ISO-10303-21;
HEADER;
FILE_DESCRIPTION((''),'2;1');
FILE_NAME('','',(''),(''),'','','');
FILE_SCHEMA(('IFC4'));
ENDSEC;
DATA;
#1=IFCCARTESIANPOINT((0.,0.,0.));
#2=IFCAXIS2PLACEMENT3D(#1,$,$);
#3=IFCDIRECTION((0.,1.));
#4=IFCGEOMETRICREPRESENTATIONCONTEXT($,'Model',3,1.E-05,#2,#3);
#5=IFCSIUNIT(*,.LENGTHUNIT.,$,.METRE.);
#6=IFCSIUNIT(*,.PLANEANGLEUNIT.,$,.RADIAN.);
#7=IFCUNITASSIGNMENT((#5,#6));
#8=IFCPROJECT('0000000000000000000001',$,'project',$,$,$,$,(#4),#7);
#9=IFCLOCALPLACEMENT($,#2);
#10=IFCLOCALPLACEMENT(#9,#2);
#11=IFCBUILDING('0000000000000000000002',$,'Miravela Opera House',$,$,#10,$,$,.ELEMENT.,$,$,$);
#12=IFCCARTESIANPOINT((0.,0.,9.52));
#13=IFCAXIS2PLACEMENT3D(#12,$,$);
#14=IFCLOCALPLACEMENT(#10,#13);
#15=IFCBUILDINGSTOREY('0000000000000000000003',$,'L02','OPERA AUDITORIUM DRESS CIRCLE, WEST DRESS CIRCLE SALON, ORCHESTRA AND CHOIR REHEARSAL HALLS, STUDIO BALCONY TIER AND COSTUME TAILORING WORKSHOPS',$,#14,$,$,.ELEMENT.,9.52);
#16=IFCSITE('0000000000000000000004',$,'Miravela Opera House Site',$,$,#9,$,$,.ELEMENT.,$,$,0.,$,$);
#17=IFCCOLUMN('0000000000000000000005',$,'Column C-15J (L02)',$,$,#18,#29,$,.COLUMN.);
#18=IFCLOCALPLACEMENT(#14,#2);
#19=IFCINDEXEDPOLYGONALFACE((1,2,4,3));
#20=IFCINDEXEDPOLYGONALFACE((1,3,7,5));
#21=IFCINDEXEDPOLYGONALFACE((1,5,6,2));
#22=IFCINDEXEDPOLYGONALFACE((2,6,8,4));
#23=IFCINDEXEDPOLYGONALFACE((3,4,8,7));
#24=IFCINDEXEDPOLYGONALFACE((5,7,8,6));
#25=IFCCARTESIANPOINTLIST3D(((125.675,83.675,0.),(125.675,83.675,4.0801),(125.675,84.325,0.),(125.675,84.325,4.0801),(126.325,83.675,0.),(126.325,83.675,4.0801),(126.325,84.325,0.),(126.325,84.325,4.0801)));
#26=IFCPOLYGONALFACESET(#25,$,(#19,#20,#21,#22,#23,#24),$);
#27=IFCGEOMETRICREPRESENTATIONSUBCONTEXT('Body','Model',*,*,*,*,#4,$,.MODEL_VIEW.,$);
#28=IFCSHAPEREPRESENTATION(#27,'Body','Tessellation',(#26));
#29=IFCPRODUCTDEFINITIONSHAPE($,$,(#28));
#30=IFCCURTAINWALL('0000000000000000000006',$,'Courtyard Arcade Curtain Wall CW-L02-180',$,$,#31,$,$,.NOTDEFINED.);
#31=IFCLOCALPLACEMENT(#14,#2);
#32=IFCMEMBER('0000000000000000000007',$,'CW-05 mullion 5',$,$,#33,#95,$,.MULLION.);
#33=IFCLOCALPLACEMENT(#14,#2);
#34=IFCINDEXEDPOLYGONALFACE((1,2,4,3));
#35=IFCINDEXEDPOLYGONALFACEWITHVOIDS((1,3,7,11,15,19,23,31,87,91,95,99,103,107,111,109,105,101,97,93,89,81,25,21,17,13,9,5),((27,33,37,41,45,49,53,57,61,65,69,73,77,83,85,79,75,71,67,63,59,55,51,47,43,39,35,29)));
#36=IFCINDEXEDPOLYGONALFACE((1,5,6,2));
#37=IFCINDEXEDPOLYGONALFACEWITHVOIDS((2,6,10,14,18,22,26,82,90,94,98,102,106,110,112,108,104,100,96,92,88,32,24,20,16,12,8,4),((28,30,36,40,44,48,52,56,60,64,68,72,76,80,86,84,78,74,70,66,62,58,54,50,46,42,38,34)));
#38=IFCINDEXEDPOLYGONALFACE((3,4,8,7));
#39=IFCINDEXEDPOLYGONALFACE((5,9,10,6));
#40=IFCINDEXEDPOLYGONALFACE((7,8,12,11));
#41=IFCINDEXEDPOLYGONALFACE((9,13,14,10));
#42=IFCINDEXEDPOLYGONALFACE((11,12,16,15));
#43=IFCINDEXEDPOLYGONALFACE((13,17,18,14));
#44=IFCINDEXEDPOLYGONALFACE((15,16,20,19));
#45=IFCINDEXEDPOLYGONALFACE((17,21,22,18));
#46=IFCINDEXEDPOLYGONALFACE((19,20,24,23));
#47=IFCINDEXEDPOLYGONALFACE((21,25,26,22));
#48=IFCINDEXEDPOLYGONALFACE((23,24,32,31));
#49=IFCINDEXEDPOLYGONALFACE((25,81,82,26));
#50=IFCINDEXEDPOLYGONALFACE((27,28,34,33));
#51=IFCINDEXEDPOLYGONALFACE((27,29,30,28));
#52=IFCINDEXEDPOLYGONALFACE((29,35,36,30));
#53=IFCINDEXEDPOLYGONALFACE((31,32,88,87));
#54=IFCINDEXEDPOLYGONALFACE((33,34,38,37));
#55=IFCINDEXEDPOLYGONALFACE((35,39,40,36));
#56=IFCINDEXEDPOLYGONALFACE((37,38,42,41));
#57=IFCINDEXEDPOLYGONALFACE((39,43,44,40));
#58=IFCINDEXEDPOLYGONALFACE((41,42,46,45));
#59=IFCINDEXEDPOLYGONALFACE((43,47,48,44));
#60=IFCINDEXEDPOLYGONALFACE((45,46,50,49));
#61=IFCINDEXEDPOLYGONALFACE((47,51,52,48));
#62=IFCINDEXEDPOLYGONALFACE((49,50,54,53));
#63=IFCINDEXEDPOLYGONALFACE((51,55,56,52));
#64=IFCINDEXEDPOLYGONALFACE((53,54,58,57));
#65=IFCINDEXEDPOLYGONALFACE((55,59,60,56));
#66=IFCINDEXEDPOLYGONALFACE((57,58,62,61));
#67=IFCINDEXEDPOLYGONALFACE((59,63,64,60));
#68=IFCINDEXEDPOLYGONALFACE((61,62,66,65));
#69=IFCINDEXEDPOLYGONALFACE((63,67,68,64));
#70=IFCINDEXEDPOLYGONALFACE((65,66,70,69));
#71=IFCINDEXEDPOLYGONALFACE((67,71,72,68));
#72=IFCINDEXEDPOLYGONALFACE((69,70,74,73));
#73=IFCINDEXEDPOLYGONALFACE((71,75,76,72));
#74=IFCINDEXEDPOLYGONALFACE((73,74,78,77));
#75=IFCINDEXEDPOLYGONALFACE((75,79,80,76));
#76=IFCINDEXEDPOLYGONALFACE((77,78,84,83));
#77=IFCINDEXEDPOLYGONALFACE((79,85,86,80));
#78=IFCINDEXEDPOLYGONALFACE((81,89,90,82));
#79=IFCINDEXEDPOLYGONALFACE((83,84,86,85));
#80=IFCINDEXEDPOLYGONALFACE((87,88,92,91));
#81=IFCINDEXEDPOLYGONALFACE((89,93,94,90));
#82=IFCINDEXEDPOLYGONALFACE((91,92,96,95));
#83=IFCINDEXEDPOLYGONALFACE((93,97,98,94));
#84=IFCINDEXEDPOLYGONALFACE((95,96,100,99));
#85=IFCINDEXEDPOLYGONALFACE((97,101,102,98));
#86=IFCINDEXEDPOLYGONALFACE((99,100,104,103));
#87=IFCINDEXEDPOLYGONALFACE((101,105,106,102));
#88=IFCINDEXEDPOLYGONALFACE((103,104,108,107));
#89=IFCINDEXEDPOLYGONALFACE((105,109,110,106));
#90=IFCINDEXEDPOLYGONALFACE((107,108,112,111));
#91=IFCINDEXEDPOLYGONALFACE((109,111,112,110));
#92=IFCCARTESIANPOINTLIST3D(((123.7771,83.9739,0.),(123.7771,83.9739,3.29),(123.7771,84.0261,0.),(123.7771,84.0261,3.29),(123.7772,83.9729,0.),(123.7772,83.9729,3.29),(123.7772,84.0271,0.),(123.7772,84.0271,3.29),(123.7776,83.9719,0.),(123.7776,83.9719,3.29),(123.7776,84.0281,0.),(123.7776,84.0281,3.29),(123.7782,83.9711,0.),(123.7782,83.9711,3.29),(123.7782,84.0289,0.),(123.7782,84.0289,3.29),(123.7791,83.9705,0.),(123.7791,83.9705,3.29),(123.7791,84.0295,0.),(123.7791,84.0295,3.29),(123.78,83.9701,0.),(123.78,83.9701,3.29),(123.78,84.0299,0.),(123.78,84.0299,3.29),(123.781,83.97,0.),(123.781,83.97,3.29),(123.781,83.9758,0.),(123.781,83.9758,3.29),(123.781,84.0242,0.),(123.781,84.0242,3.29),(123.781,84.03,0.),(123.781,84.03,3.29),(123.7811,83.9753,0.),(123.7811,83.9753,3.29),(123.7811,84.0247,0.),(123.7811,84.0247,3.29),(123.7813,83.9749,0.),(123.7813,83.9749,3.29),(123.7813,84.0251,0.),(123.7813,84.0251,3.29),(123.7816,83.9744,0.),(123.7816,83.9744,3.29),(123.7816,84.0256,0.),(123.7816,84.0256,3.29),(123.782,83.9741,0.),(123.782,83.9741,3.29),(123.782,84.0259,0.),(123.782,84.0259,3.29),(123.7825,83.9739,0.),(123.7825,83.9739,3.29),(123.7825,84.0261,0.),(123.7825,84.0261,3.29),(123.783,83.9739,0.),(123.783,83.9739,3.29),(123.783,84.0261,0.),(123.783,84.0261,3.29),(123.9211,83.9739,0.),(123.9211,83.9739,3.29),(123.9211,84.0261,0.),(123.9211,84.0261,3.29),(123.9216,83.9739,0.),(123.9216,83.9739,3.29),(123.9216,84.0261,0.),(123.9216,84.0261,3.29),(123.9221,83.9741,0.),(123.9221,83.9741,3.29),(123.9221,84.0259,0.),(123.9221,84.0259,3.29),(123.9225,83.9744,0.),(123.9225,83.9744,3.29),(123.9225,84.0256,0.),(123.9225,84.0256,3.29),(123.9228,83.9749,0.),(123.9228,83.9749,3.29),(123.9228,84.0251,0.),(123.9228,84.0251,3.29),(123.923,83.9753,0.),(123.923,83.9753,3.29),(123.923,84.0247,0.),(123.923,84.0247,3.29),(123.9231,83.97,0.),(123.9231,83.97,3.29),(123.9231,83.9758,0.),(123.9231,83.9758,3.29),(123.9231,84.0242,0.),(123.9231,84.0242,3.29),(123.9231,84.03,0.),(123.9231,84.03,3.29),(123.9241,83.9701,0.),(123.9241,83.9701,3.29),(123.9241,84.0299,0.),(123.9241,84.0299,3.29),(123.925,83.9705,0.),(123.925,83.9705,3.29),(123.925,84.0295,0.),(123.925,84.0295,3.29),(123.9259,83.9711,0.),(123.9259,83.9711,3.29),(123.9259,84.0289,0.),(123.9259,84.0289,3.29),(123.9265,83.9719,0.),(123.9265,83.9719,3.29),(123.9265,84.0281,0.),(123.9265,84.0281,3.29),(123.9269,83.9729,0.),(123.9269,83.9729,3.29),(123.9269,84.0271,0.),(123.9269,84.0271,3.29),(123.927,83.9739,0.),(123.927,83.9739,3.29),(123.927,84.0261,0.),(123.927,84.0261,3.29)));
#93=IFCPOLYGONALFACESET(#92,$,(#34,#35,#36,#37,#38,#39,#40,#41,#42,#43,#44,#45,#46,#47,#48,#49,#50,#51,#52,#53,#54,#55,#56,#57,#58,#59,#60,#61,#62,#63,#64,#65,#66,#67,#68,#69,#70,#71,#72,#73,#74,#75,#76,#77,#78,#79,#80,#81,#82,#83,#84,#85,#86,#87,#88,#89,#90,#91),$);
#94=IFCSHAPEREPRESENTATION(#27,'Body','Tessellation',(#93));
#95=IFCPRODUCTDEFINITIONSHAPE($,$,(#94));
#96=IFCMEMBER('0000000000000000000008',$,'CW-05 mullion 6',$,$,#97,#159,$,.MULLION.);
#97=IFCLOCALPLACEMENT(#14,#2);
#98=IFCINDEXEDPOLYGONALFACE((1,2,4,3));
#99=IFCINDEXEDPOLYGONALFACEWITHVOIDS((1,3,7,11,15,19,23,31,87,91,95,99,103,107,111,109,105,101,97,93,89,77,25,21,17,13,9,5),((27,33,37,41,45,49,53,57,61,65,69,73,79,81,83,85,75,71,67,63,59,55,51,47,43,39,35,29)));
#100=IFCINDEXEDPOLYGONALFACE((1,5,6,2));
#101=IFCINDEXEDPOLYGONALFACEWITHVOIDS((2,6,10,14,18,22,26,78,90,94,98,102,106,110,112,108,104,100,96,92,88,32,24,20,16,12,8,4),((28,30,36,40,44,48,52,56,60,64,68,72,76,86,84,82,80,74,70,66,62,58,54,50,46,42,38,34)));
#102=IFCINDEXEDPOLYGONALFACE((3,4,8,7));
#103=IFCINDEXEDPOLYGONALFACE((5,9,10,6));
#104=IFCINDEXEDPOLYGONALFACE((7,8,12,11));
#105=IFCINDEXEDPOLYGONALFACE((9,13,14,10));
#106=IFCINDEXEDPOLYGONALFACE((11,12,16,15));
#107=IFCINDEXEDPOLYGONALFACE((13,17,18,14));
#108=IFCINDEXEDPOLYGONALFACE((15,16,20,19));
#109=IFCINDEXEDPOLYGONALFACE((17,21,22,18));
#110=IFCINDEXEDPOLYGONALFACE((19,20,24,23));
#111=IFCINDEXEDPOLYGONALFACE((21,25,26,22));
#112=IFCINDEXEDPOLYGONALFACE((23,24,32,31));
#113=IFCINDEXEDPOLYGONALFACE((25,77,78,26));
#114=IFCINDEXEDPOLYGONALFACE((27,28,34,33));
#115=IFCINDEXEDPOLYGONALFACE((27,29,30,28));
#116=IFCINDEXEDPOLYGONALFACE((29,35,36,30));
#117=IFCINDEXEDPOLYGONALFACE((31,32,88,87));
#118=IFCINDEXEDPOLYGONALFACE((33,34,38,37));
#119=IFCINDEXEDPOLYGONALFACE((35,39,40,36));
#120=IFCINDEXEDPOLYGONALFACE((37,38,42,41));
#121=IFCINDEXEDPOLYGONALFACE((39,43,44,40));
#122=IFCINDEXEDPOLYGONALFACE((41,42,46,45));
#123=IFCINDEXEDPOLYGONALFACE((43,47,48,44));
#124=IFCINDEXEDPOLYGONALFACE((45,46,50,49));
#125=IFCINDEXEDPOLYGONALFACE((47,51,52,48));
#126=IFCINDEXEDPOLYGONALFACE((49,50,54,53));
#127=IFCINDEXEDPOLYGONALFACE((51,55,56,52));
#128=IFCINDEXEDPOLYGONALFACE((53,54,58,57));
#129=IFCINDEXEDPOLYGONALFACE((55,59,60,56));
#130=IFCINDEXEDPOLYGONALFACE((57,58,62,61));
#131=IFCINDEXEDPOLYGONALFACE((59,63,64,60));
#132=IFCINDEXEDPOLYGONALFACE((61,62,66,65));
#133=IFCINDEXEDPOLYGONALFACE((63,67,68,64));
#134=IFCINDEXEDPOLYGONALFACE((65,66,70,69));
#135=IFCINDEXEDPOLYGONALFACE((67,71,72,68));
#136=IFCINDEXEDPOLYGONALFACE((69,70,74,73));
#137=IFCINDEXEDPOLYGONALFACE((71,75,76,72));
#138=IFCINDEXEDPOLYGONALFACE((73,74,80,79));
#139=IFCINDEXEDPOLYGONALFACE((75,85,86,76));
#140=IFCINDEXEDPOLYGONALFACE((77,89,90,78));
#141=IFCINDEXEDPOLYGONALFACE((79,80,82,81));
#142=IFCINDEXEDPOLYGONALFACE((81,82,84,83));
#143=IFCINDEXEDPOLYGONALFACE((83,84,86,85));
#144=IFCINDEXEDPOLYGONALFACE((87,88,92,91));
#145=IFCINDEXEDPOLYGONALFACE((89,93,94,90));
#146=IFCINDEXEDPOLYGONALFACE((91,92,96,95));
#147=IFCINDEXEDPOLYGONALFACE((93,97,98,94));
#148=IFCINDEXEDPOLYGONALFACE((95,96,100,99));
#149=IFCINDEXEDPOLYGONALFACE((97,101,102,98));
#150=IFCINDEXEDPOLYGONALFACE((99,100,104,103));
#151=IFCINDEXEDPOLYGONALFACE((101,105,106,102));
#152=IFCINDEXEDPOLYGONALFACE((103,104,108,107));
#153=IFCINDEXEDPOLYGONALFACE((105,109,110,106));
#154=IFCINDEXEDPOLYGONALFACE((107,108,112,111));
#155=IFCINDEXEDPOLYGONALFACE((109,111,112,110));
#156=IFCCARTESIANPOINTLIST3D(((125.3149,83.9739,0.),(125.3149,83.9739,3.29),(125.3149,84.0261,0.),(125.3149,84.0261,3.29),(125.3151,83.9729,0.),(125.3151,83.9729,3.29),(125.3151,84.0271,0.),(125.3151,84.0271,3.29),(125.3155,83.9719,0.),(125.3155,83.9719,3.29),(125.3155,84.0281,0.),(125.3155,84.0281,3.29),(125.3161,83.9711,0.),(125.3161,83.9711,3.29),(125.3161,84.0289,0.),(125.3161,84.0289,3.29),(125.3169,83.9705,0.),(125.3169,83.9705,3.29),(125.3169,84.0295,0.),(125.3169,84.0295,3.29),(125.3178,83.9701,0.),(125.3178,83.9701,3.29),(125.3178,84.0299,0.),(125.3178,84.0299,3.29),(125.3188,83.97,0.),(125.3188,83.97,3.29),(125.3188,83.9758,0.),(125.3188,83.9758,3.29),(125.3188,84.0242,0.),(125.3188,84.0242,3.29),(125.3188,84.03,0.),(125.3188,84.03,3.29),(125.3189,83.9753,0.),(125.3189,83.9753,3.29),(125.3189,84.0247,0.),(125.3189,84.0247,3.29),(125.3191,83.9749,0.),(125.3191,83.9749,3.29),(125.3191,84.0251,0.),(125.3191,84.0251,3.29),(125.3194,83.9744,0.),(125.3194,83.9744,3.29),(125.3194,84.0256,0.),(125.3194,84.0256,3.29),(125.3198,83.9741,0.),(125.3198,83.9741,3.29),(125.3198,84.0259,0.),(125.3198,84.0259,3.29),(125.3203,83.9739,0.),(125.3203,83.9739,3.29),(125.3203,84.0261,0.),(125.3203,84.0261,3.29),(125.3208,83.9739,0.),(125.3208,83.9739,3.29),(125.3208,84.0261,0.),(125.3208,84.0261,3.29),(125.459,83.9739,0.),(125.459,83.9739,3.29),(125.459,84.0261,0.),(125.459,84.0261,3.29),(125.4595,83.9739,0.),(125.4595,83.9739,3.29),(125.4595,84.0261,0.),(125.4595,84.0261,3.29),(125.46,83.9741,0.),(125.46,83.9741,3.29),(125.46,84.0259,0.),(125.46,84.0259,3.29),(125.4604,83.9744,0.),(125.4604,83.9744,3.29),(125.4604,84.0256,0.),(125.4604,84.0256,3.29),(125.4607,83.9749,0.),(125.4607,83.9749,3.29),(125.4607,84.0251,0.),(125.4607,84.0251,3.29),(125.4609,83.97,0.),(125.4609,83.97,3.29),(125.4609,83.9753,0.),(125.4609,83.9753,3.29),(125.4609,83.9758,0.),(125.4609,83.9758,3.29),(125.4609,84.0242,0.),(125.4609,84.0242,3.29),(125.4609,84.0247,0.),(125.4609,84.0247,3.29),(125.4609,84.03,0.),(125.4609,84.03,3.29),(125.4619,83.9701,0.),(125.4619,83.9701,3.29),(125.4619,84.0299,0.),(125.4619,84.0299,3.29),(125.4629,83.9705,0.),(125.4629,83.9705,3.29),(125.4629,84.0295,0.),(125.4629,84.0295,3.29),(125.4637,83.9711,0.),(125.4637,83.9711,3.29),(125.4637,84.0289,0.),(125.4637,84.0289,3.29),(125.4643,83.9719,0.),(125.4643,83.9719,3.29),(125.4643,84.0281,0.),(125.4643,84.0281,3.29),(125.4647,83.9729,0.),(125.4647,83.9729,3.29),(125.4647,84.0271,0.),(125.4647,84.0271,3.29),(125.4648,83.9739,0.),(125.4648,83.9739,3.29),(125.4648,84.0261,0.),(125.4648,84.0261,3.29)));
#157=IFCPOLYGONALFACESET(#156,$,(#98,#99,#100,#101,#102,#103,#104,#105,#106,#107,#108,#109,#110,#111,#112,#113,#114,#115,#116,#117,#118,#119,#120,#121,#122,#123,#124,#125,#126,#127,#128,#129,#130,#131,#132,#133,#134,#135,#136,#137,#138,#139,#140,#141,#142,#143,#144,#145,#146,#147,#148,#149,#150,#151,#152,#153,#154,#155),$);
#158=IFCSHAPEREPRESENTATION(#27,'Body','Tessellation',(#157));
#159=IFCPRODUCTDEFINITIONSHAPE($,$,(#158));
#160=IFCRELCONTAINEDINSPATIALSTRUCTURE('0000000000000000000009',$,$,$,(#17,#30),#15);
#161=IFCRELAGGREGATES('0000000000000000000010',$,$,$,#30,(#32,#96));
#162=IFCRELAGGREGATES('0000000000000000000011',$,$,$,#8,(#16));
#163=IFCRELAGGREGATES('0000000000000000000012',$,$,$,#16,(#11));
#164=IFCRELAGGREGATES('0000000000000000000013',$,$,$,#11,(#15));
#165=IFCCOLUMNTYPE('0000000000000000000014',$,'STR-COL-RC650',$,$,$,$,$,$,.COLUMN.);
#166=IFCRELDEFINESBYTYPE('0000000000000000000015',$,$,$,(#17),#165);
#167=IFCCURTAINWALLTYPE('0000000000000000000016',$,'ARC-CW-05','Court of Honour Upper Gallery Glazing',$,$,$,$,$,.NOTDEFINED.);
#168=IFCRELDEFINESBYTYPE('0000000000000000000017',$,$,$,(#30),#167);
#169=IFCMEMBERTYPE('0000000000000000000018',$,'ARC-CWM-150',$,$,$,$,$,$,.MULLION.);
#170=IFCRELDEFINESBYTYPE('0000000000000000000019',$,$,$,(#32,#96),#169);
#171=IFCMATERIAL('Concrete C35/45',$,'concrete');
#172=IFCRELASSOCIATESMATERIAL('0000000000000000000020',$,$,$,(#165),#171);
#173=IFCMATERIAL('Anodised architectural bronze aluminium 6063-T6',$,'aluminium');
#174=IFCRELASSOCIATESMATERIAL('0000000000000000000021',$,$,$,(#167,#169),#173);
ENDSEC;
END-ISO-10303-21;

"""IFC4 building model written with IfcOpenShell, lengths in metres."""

from ifc_helpers import new_model, si_unit, direction, frame, origin, origin_2d, place, context, subcontext, project, spatial, rectangle, hollow_rectangle, extrude, material, material_profile, profile_set, type_object, element, aggregate, save


model = new_model("IFC4")

# Units and contexts
model_context = context("Model", 3, precision=1e-05, world=origin(), true_north=direction((0.0, 1.0)))
body_context = subcontext(model_context, "Body", "Model", "MODEL_VIEW")
ifc_project = project(units=[si_unit("LENGTHUNIT", "METRE"), si_unit("PLANEANGLEUNIT", "RADIAN")], contexts=[model_context])

# Site, building, storey
site_placement = place(None, origin())
site = spatial("IfcSite", under=ifc_project, at=site_placement, Name="Miravela Opera House Site", CompositionType="ELEMENT", RefElevation=0.0)
building_placement = place(site_placement, origin())
building = spatial("IfcBuilding", under=site, at=building_placement, Name="Miravela Opera House", CompositionType="ELEMENT")
storey_placement = place(building_placement, frame((0.0, 0.0, 9.52)))
storey = spatial("IfcBuildingStorey", under=building, at=storey_placement, Name="L02", Description="OPERA AUDITORIUM DRESS CIRCLE, WEST DRESS CIRCLE SALON, ORCHESTRA AND CHOIR REHEARSAL HALLS, STUDIO BALCONY TIER AND COSTUME TAILORING WORKSHOPS", CompositionType="ELEMENT", Elevation=9.52)

# Column
ifc_material_1 = material(Name="Concrete C35/45", Category="concrete")
ifc_material_profile_1 = material_profile(ifc_material_1, rectangle(XDim=0.6499, YDim=0.6499, at=origin_2d()), Name="RC-COL-650X650")
ifc_profile_set_1 = profile_set([ifc_material_profile_1])
column_type = type_object("IfcColumnType", Name="STR-COL-RC650", PredefinedType="COLUMN", material=ifc_profile_set_1)
column_placement = place(storey_placement, frame((126.0, 84.0, 0.0), z_axis=(0.0, 0.0, 1.0), x_axis=(1.0, 0.0, 0.0)))
element("IfcColumn", 1, at=column_placement, inside=storey, type_object=column_type, Name="Column C-15J (L02)", PredefinedType="COLUMN", context=body_context, shape_type="SweptSolid", body=[
    extrude(rectangle(XDim=0.6499, YDim=0.6499, at=origin_2d()), origin(), (0.0, 0.0, 1.0), 4.0801),
])

# Curtain wall, members
ifc_material_2 = material(Name="Anodised architectural bronze aluminium 6063-T6", Category="aluminium")
curtain_wall_type = type_object("IfcCurtainWallType", Name="ARC-CW-05", Description="Court of Honour Upper Gallery Glazing", PredefinedType="NOTDEFINED", material=ifc_material_2)
curtain_wall_1_placement = place(storey_placement, origin())
curtain_wall_1 = element("IfcCurtainWall", 2, at=curtain_wall_1_placement, inside=storey, type_object=curtain_wall_type, Name="Courtyard Arcade Curtain Wall CW-L02-180", PredefinedType="NOTDEFINED")
ifc_material_profile_2 = material_profile(ifc_material_2, hollow_rectangle(XDim=0.0601, YDim=0.1499, WallThickness=0.0039, InnerFilletRadius=0.002, OuterFilletRadius=0.0039, at=origin_2d()), Name="CWM-60X150")
ifc_profile_set_2 = profile_set([ifc_material_profile_2])
member_type_1 = type_object("IfcMemberType", Name="ARC-CWM-150", PredefinedType="MULLION", material=ifc_profile_set_2)
member_1_placement = place(storey_placement, frame((123.8521, 84.0, 0.0), z_axis=(0.0, 0.0, 1.0), x_axis=(0.0, 1.0, 0.0)))
member_1 = element("IfcMember", 3, at=member_1_placement, type_object=member_type_1, Name="CW-05 mullion 5", PredefinedType="MULLION", context=body_context, shape_type="SweptSolid", body=[
    extrude(hollow_rectangle(XDim=0.0601, YDim=0.1499, WallThickness=0.0039, InnerFilletRadius=0.002, OuterFilletRadius=0.0039, at=origin_2d()), origin(), (0.0, 0.0, 1.0), 3.29),
])
member_2_placement = place(storey_placement, frame((125.3899, 84.0, 0.0), z_axis=(0.0, 0.0, 1.0), x_axis=(0.0, 1.0, 0.0)))
member_2 = element("IfcMember", 4, at=member_2_placement, type_object=member_type_1, Name="CW-05 mullion 6", PredefinedType="MULLION", context=body_context, shape_type="SweptSolid", body=[
    extrude(hollow_rectangle(XDim=0.0601, YDim=0.1499, WallThickness=0.0039, InnerFilletRadius=0.002, OuterFilletRadius=0.0039, at=origin_2d()), origin(), (0.0, 0.0, 1.0), 3.29),
])

aggregate(curtain_wall_1, [member_1, member_2])

save(model, "model.ifc")
